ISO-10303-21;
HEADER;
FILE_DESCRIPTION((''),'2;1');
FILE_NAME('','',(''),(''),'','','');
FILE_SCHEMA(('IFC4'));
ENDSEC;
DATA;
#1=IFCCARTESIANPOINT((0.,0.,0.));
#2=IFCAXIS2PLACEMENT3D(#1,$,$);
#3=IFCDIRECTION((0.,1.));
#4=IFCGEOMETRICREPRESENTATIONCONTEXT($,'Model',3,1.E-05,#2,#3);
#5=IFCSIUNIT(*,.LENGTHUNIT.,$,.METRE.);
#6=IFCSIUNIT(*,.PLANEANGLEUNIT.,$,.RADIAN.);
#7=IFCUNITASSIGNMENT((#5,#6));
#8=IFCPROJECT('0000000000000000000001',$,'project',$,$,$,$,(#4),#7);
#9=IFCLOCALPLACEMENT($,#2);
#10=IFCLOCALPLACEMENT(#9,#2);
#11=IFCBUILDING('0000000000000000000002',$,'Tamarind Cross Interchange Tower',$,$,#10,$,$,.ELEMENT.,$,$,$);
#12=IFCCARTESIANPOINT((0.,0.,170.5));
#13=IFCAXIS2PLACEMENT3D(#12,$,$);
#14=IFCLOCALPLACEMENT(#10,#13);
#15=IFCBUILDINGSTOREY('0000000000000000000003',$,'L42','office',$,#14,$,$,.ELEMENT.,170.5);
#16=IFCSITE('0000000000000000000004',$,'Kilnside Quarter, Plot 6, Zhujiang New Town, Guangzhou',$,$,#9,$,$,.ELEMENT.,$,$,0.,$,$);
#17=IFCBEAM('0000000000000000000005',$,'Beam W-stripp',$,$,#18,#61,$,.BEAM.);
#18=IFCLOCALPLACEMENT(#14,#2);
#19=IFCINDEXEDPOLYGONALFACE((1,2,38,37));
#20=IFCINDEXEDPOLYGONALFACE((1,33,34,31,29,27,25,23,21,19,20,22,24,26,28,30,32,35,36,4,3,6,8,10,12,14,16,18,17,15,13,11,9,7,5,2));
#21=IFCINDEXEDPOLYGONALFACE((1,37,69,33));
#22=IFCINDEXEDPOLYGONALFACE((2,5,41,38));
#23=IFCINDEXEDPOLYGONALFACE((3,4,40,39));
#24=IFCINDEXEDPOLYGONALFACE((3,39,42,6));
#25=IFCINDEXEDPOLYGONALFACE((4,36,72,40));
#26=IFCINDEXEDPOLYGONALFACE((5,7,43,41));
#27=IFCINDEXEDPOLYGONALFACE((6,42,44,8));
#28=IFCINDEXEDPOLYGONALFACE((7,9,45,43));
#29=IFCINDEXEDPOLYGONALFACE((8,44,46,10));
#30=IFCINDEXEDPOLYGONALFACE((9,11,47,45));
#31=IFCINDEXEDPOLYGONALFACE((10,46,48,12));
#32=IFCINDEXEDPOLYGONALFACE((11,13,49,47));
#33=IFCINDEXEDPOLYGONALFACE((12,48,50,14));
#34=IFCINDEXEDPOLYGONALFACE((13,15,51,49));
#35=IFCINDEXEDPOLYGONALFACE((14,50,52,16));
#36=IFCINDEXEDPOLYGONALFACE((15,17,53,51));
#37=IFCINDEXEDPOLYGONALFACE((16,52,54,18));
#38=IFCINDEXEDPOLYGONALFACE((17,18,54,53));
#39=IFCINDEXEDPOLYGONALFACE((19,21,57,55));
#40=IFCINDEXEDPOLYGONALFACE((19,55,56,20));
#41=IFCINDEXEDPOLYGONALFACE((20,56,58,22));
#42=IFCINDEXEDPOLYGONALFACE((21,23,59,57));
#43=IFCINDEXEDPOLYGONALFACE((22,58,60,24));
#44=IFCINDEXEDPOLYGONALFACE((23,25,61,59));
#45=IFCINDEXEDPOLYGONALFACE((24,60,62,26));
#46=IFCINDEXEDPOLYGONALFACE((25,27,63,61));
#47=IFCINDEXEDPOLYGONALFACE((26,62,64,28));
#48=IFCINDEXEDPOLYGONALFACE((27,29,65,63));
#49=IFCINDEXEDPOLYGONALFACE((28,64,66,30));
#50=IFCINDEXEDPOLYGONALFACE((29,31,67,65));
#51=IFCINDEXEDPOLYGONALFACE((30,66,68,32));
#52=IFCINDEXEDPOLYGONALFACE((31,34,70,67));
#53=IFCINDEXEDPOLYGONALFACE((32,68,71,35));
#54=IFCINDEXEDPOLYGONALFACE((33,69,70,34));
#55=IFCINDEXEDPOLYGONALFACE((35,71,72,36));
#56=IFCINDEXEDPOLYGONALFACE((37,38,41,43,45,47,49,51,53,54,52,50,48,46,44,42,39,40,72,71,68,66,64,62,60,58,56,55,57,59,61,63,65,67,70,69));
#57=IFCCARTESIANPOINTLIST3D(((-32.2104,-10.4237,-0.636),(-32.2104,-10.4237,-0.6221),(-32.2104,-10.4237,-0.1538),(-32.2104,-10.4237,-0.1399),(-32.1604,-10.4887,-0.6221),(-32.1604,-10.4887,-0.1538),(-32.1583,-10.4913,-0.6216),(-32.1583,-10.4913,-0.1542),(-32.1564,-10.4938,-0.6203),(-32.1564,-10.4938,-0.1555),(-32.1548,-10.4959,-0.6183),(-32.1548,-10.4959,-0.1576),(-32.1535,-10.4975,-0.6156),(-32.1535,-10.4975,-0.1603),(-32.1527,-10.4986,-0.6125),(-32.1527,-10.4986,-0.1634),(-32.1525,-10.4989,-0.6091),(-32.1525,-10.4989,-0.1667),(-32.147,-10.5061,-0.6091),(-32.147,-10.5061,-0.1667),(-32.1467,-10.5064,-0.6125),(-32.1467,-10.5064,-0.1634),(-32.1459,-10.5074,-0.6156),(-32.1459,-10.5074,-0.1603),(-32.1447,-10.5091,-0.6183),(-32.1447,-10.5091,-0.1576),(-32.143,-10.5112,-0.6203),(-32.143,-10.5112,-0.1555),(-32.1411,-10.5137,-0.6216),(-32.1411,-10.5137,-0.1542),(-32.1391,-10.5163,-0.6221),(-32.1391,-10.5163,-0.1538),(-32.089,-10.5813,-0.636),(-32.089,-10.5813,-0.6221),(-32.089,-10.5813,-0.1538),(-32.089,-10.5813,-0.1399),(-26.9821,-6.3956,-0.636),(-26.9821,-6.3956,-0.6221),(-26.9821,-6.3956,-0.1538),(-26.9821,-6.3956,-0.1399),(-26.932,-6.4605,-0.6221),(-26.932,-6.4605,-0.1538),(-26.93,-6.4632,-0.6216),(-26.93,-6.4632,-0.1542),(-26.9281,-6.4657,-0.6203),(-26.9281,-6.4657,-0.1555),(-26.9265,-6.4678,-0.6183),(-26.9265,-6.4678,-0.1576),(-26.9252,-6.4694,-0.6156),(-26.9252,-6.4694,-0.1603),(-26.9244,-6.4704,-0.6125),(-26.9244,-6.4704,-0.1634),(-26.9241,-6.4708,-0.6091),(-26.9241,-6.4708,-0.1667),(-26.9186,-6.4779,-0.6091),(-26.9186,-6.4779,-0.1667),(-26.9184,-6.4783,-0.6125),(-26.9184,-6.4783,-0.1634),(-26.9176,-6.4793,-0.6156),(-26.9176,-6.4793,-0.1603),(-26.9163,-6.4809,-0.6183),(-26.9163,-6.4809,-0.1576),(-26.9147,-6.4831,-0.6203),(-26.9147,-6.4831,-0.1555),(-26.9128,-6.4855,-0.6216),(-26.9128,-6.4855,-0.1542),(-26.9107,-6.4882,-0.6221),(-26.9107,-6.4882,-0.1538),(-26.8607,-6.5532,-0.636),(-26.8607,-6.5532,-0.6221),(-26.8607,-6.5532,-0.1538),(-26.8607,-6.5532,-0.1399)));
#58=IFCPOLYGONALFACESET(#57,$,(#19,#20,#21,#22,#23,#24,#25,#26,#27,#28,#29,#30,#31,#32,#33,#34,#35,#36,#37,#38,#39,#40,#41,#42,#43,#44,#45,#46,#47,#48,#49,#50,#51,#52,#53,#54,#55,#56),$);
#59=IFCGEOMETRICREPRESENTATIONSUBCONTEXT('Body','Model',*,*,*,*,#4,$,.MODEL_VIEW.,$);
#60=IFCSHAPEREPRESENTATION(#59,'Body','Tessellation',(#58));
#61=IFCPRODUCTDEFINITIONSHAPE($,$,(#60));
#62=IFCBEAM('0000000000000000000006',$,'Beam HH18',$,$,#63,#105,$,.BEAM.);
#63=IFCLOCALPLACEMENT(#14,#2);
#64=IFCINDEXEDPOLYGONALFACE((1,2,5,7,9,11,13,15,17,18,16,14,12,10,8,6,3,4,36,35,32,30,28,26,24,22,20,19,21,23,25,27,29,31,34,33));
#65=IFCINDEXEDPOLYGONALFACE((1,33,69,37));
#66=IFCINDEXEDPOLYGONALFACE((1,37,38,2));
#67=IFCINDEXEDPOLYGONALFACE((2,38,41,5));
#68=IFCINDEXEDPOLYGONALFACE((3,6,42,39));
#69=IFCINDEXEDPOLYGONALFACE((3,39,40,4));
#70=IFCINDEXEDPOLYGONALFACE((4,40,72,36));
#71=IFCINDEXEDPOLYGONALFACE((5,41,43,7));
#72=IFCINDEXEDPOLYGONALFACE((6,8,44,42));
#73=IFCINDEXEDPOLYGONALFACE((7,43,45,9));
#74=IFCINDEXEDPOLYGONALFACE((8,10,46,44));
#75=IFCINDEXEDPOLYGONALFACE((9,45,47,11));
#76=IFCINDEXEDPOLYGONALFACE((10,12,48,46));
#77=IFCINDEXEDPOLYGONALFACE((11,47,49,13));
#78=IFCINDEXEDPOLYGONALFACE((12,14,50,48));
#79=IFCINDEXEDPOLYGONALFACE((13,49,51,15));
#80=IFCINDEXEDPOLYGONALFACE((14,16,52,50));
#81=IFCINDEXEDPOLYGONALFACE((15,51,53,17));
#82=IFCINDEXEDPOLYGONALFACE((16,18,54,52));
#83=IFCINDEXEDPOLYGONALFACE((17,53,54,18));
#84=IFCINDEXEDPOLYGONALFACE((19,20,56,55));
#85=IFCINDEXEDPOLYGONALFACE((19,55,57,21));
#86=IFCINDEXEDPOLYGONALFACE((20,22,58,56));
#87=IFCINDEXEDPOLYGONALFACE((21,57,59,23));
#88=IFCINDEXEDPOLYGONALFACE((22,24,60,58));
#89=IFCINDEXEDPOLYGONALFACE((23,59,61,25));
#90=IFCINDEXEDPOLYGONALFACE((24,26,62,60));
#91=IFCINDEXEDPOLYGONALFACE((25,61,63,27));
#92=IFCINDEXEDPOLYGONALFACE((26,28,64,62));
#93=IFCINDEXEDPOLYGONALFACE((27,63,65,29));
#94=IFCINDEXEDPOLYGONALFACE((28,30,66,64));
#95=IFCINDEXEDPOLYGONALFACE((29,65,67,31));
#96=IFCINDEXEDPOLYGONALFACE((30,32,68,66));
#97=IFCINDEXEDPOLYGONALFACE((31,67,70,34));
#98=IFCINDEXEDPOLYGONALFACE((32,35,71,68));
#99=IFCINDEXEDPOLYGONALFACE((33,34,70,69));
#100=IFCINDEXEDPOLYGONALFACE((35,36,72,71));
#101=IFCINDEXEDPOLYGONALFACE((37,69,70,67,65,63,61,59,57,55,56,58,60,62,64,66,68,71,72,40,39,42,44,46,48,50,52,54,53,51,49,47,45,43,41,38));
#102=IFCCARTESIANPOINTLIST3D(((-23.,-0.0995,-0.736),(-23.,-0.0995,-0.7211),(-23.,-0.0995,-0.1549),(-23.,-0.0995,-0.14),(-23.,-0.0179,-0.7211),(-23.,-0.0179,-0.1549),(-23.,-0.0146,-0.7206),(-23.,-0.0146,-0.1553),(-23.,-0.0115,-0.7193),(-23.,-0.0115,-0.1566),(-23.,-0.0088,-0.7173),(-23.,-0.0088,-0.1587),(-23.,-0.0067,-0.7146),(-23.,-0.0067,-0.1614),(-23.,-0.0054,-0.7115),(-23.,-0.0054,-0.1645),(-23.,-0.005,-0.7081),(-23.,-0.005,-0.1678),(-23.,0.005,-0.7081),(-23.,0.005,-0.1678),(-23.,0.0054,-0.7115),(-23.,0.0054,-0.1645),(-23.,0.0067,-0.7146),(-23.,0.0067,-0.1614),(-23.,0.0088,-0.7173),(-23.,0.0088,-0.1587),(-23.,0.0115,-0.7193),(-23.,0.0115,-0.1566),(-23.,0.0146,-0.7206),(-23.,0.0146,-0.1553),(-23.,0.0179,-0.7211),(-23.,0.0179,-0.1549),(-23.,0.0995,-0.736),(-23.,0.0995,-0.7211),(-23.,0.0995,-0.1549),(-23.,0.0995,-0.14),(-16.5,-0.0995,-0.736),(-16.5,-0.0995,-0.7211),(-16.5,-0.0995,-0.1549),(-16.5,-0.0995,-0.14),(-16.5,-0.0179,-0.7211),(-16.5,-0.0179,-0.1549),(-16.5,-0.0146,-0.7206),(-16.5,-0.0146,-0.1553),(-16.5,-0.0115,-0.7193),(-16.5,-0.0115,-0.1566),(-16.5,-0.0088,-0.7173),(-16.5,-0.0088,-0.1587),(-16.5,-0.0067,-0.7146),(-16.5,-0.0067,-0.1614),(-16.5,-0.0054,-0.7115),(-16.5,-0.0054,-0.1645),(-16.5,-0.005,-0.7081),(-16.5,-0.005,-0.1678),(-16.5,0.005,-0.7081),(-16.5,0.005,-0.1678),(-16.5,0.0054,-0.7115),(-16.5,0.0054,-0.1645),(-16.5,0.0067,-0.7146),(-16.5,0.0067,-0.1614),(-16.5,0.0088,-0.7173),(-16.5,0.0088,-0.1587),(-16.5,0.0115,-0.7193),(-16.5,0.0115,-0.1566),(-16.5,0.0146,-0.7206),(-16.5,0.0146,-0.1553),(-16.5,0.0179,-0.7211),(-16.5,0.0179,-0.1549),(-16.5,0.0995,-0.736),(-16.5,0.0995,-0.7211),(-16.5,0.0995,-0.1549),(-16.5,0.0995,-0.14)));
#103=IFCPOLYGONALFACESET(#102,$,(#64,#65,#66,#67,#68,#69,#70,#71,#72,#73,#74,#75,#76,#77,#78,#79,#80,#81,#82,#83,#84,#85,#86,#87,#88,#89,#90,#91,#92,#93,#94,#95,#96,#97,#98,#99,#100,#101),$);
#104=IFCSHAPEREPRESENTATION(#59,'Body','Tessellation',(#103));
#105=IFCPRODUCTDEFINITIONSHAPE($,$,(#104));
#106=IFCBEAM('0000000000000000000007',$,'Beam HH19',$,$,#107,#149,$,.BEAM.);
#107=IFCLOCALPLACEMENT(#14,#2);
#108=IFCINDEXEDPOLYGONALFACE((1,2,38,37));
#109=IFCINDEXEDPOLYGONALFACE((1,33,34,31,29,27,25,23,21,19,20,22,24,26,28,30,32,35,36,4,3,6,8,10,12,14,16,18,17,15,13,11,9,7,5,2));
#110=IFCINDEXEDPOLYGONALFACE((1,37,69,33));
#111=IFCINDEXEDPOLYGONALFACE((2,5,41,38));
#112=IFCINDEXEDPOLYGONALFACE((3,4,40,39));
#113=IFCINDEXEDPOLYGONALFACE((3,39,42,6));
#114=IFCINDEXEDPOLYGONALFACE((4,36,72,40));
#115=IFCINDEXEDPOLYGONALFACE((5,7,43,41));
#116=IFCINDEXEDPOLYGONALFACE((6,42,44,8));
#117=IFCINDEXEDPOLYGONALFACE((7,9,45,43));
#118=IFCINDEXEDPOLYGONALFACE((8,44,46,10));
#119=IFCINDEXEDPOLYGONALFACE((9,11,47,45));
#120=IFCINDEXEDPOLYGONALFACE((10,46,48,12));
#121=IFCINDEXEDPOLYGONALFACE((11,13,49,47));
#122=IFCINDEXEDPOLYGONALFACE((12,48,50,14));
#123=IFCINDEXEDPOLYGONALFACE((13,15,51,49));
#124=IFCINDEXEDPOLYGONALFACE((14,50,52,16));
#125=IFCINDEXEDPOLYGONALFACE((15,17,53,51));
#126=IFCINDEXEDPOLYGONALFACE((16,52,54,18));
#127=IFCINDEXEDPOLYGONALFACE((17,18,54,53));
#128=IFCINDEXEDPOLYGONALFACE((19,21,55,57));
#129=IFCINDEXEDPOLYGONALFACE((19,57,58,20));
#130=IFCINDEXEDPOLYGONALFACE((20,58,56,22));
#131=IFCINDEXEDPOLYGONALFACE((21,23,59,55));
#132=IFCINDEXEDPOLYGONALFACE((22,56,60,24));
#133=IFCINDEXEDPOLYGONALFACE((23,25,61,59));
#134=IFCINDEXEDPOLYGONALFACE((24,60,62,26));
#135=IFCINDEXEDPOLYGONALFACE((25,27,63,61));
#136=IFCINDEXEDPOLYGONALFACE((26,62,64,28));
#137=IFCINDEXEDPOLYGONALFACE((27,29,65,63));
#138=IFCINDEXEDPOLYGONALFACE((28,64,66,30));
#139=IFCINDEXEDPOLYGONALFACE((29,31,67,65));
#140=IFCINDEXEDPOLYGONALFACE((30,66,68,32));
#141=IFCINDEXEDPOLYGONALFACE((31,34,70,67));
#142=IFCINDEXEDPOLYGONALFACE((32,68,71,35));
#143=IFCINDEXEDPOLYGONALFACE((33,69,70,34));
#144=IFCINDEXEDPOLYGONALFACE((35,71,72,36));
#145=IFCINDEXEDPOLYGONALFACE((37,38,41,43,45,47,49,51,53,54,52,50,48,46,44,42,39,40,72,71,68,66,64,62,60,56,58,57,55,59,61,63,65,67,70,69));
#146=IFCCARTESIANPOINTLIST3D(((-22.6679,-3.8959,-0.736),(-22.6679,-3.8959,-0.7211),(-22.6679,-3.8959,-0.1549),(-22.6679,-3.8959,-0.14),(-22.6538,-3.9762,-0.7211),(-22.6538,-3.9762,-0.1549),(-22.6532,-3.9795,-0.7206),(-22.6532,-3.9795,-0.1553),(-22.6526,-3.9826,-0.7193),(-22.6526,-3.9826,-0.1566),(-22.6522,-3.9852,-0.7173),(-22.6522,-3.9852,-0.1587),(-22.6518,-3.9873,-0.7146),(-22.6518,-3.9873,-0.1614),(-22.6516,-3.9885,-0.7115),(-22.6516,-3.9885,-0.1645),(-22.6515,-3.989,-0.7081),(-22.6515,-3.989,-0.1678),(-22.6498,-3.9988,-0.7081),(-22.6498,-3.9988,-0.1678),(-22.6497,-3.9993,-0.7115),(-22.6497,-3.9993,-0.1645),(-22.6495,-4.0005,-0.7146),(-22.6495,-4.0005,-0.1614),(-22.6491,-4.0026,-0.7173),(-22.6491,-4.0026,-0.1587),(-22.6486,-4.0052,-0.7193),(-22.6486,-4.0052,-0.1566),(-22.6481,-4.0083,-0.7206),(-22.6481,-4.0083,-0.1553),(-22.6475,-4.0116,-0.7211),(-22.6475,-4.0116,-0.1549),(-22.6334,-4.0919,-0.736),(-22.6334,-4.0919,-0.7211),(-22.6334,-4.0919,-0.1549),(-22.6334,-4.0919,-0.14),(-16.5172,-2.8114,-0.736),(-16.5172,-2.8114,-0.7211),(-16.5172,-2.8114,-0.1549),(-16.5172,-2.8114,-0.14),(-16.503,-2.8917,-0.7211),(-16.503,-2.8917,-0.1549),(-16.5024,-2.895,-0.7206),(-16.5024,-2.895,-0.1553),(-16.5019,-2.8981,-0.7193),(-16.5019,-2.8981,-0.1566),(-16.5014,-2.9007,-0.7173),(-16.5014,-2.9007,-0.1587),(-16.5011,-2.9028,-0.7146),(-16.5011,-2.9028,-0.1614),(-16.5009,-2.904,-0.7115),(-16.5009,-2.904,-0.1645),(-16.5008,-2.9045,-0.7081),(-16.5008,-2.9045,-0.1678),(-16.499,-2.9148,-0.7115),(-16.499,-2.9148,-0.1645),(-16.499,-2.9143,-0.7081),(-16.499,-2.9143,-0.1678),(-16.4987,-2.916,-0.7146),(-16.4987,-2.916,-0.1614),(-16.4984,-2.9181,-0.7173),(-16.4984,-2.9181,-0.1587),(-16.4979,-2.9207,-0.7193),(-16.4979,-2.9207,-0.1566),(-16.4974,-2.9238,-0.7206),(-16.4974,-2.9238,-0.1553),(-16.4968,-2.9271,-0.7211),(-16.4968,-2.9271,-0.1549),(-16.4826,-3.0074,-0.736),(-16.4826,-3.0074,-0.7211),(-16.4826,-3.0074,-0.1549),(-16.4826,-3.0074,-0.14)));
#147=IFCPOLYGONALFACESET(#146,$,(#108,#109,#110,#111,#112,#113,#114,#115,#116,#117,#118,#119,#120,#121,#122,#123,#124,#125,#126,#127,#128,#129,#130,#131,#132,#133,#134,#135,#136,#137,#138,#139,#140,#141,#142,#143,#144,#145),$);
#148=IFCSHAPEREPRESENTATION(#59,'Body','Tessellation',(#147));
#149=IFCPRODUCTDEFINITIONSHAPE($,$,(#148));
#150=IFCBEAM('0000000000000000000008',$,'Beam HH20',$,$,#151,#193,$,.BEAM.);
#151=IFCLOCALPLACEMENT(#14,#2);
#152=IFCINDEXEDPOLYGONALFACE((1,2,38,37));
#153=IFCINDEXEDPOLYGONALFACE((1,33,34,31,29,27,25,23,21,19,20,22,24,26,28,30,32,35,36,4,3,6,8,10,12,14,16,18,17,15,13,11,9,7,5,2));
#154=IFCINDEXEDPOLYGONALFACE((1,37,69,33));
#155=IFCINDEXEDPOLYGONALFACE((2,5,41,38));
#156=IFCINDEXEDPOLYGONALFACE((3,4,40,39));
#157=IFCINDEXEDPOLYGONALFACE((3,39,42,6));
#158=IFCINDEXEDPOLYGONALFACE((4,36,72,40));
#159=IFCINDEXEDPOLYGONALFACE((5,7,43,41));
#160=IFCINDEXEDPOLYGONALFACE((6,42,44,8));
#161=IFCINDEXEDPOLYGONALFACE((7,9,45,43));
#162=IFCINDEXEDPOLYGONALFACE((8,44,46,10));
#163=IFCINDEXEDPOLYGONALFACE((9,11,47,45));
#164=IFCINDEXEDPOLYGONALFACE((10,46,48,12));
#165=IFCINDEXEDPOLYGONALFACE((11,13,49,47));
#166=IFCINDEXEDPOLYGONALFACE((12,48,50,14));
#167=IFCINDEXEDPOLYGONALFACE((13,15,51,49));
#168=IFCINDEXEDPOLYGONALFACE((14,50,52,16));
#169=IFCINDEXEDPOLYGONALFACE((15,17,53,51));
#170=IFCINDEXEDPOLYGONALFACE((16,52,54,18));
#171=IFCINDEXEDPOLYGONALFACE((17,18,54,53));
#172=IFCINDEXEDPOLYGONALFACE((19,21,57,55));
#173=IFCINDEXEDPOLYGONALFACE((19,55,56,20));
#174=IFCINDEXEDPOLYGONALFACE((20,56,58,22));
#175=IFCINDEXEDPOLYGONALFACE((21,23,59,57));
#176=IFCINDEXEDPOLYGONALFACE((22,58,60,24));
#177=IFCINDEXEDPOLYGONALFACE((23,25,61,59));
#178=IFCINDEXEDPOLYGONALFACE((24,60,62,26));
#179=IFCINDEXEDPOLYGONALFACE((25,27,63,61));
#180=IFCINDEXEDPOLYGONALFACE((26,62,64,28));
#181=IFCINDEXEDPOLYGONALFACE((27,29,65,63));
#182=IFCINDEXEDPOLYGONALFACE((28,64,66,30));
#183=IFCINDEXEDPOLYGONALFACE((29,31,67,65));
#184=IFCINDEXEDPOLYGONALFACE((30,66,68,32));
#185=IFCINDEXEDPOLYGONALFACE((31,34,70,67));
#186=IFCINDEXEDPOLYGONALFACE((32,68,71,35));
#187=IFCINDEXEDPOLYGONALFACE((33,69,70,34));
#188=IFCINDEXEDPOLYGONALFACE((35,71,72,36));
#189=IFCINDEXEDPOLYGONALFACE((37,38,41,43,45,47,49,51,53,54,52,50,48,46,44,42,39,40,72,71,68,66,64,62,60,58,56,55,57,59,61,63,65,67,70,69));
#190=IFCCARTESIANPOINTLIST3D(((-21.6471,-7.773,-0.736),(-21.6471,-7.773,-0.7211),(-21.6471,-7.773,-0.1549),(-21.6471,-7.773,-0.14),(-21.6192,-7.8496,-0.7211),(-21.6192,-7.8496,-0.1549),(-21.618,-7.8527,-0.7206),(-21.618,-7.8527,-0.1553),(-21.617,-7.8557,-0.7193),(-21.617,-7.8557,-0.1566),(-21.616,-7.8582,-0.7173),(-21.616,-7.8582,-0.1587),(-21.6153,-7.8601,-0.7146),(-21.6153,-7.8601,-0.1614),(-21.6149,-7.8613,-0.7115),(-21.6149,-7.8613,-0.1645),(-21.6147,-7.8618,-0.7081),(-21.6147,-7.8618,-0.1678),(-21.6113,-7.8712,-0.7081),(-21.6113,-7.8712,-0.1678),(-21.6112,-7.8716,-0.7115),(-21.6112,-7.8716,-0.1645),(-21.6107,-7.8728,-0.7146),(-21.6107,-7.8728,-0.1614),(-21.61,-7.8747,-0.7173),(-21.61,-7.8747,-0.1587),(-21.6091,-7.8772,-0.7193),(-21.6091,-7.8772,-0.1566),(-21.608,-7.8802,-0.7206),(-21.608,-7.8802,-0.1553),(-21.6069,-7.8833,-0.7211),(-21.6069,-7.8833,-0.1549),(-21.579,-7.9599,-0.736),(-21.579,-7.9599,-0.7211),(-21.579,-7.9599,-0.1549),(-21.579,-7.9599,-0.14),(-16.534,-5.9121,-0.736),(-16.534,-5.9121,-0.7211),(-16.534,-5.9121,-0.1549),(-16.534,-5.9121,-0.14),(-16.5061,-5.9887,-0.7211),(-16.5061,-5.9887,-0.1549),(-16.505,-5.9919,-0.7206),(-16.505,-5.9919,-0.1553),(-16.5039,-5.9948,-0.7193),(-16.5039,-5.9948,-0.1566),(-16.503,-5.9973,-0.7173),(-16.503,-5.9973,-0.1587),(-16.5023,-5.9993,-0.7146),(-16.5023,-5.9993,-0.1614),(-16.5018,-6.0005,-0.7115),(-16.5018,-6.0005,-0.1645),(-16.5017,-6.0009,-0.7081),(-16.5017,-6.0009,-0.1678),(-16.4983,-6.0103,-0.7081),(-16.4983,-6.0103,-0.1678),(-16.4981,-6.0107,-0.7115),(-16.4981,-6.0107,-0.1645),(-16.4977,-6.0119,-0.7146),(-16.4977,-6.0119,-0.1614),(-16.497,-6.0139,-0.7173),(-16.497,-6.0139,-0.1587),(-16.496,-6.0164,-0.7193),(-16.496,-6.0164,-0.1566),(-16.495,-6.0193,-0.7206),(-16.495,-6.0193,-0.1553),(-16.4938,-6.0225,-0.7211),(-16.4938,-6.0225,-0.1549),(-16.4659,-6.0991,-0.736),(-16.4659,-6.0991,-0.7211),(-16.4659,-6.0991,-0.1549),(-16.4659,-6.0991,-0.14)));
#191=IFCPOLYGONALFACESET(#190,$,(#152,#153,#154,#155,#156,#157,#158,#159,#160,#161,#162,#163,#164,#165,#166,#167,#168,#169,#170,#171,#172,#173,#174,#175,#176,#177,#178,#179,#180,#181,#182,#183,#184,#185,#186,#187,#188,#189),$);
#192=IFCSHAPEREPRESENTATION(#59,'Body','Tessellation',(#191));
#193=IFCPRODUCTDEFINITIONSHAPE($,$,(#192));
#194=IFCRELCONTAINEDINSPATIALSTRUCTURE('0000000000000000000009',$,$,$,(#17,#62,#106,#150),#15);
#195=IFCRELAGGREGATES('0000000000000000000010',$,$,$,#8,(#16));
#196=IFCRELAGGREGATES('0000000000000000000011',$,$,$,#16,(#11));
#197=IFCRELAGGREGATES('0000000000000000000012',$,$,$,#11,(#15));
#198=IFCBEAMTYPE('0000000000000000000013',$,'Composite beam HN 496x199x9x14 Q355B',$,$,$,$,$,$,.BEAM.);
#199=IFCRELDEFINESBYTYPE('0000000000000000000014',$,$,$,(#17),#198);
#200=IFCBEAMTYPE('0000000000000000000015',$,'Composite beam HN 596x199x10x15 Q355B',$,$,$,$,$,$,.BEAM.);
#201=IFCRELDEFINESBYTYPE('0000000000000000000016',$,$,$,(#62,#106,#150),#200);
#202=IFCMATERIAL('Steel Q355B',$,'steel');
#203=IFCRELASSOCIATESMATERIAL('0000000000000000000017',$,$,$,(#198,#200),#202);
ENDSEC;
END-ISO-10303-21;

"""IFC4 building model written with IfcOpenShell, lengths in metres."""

from ifc_helpers import new_model, si_unit, direction, frame, origin, origin_2d, place, context, subcontext, project, spatial, i_section, extrude, material, material_profile, profile_set, type_object, element, save


model = new_model("IFC4")

# Units and contexts
model_context = context("Model", 3, precision=1e-05, world=origin(), true_north=direction((0.0, 1.0)))
body_context = subcontext(model_context, "Body", "Model", "MODEL_VIEW")
ifc_project = project(units=[si_unit("LENGTHUNIT", "METRE"), si_unit("PLANEANGLEUNIT", "RADIAN")], contexts=[model_context])

# Site, building, storey
site_placement = place(None, origin())
site = spatial("IfcSite", under=ifc_project, at=site_placement, Name="Kilnside Quarter, Plot 6, Zhujiang New Town, Guangzhou", CompositionType="ELEMENT", RefElevation=0.0)
building_placement = place(site_placement, origin())
building = spatial("IfcBuilding", under=site, at=building_placement, Name="Tamarind Cross Interchange Tower", CompositionType="ELEMENT")
storey_placement = place(building_placement, frame((0.0, 0.0, 170.5)))
storey = spatial("IfcBuildingStorey", under=building, at=storey_placement, Name="L42", Description="office", CompositionType="ELEMENT", Elevation=170.5)

# Beams
ifc_material_1 = material(Name="Steel Q355B", Category="steel")
ifc_material_profile_1 = material_profile(ifc_material_1, i_section(OverallWidth=0.199, OverallDepth=0.4961, WebThickness=0.009, FlangeThickness=0.0139, FilletRadius=0.0129, at=origin_2d()), Name="HN 496x199x9x14")
ifc_profile_set_1 = profile_set([ifc_material_profile_1], Name="Steel Q355B")
beam_type_1 = type_object("IfcBeamType", Name="Composite beam HN 496x199x9x14 Q355B", PredefinedType="BEAM", material=ifc_profile_set_1)
for number, where, z_axis, x_axis, name in (
    (1, (-26.9214, -6.4744, -0.3879), (-0.79216, -0.610313, 0.0), (0.610313, -0.79216, 0.0), "Beam W-stripp"),
):
    element("IfcBeam", number, at=place(storey_placement, frame(where, z_axis=z_axis, x_axis=x_axis)), inside=storey, type_object=beam_type_1, Name=name, PredefinedType="BEAM", context=body_context, shape_type="SweptSolid", body=[
        extrude(i_section(OverallWidth=0.199, OverallDepth=0.4961, WebThickness=0.009, FlangeThickness=0.0139, FilletRadius=0.0129, at=origin_2d()), origin(), (0.0, 0.0, 1.0), 6.6001),
    ])
ifc_material_profile_2 = material_profile(ifc_material_1, i_section(OverallWidth=0.199, OverallDepth=0.5959, WebThickness=0.01, FlangeThickness=0.0149, FilletRadius=0.0129, at=origin_2d()), Name="HN 596x199x10x15")
ifc_profile_set_2 = profile_set([ifc_material_profile_2], Name="Steel Q355B")
beam_type_2 = type_object("IfcBeamType", Name="Composite beam HN 596x199x10x15 Q355B", PredefinedType="BEAM", material=ifc_profile_set_2)
beam_1_placement = place(storey_placement, frame((-23.0, 0.0, -0.438), z_axis=(1.0, 0.0, 0.0), x_axis=(0.0, 1.0, 0.0)))
element("IfcBeam", 2, at=beam_1_placement, inside=storey, type_object=beam_type_2, Name="Beam HH18", PredefinedType="BEAM", context=body_context, shape_type="SweptSolid", body=[
    extrude(i_section(OverallWidth=0.199, OverallDepth=0.5959, WebThickness=0.01, FlangeThickness=0.0149, FilletRadius=0.0129, at=origin_2d()), origin(), (0.0, 0.0, 1.0), 6.5),
])
beam_2_placement = place(storey_placement, frame((-22.6506, -3.9939, -0.438), z_axis=(0.984809, 0.17364, 0.0), x_axis=(-0.17364, 0.984809, 0.0)))
element("IfcBeam", 3, at=beam_2_placement, inside=storey, type_object=beam_type_2, Name="Beam HH19", PredefinedType="BEAM", context=body_context, shape_type="SweptSolid", body=[
    extrude(i_section(OverallWidth=0.199, OverallDepth=0.5959, WebThickness=0.01, FlangeThickness=0.0149, FilletRadius=0.0129, at=origin_2d()), origin(), (0.0, 0.0, 1.0), 6.2456),
])
beam_3_placement = place(storey_placement, frame((-21.613, -7.8665, -0.438), z_axis=(0.939702, 0.341995, 0.0), x_axis=(-0.341995, 0.939702, 0.0)))
element("IfcBeam", 4, at=beam_3_placement, inside=storey, type_object=beam_type_2, Name="Beam HH20", PredefinedType="BEAM", context=body_context, shape_type="SweptSolid", body=[
    extrude(i_section(OverallWidth=0.199, OverallDepth=0.5959, WebThickness=0.01, FlangeThickness=0.0149, FilletRadius=0.0129, at=origin_2d()), origin(), (0.0, 0.0, 1.0), 5.4412),
])

save(model, "model.ifc")
